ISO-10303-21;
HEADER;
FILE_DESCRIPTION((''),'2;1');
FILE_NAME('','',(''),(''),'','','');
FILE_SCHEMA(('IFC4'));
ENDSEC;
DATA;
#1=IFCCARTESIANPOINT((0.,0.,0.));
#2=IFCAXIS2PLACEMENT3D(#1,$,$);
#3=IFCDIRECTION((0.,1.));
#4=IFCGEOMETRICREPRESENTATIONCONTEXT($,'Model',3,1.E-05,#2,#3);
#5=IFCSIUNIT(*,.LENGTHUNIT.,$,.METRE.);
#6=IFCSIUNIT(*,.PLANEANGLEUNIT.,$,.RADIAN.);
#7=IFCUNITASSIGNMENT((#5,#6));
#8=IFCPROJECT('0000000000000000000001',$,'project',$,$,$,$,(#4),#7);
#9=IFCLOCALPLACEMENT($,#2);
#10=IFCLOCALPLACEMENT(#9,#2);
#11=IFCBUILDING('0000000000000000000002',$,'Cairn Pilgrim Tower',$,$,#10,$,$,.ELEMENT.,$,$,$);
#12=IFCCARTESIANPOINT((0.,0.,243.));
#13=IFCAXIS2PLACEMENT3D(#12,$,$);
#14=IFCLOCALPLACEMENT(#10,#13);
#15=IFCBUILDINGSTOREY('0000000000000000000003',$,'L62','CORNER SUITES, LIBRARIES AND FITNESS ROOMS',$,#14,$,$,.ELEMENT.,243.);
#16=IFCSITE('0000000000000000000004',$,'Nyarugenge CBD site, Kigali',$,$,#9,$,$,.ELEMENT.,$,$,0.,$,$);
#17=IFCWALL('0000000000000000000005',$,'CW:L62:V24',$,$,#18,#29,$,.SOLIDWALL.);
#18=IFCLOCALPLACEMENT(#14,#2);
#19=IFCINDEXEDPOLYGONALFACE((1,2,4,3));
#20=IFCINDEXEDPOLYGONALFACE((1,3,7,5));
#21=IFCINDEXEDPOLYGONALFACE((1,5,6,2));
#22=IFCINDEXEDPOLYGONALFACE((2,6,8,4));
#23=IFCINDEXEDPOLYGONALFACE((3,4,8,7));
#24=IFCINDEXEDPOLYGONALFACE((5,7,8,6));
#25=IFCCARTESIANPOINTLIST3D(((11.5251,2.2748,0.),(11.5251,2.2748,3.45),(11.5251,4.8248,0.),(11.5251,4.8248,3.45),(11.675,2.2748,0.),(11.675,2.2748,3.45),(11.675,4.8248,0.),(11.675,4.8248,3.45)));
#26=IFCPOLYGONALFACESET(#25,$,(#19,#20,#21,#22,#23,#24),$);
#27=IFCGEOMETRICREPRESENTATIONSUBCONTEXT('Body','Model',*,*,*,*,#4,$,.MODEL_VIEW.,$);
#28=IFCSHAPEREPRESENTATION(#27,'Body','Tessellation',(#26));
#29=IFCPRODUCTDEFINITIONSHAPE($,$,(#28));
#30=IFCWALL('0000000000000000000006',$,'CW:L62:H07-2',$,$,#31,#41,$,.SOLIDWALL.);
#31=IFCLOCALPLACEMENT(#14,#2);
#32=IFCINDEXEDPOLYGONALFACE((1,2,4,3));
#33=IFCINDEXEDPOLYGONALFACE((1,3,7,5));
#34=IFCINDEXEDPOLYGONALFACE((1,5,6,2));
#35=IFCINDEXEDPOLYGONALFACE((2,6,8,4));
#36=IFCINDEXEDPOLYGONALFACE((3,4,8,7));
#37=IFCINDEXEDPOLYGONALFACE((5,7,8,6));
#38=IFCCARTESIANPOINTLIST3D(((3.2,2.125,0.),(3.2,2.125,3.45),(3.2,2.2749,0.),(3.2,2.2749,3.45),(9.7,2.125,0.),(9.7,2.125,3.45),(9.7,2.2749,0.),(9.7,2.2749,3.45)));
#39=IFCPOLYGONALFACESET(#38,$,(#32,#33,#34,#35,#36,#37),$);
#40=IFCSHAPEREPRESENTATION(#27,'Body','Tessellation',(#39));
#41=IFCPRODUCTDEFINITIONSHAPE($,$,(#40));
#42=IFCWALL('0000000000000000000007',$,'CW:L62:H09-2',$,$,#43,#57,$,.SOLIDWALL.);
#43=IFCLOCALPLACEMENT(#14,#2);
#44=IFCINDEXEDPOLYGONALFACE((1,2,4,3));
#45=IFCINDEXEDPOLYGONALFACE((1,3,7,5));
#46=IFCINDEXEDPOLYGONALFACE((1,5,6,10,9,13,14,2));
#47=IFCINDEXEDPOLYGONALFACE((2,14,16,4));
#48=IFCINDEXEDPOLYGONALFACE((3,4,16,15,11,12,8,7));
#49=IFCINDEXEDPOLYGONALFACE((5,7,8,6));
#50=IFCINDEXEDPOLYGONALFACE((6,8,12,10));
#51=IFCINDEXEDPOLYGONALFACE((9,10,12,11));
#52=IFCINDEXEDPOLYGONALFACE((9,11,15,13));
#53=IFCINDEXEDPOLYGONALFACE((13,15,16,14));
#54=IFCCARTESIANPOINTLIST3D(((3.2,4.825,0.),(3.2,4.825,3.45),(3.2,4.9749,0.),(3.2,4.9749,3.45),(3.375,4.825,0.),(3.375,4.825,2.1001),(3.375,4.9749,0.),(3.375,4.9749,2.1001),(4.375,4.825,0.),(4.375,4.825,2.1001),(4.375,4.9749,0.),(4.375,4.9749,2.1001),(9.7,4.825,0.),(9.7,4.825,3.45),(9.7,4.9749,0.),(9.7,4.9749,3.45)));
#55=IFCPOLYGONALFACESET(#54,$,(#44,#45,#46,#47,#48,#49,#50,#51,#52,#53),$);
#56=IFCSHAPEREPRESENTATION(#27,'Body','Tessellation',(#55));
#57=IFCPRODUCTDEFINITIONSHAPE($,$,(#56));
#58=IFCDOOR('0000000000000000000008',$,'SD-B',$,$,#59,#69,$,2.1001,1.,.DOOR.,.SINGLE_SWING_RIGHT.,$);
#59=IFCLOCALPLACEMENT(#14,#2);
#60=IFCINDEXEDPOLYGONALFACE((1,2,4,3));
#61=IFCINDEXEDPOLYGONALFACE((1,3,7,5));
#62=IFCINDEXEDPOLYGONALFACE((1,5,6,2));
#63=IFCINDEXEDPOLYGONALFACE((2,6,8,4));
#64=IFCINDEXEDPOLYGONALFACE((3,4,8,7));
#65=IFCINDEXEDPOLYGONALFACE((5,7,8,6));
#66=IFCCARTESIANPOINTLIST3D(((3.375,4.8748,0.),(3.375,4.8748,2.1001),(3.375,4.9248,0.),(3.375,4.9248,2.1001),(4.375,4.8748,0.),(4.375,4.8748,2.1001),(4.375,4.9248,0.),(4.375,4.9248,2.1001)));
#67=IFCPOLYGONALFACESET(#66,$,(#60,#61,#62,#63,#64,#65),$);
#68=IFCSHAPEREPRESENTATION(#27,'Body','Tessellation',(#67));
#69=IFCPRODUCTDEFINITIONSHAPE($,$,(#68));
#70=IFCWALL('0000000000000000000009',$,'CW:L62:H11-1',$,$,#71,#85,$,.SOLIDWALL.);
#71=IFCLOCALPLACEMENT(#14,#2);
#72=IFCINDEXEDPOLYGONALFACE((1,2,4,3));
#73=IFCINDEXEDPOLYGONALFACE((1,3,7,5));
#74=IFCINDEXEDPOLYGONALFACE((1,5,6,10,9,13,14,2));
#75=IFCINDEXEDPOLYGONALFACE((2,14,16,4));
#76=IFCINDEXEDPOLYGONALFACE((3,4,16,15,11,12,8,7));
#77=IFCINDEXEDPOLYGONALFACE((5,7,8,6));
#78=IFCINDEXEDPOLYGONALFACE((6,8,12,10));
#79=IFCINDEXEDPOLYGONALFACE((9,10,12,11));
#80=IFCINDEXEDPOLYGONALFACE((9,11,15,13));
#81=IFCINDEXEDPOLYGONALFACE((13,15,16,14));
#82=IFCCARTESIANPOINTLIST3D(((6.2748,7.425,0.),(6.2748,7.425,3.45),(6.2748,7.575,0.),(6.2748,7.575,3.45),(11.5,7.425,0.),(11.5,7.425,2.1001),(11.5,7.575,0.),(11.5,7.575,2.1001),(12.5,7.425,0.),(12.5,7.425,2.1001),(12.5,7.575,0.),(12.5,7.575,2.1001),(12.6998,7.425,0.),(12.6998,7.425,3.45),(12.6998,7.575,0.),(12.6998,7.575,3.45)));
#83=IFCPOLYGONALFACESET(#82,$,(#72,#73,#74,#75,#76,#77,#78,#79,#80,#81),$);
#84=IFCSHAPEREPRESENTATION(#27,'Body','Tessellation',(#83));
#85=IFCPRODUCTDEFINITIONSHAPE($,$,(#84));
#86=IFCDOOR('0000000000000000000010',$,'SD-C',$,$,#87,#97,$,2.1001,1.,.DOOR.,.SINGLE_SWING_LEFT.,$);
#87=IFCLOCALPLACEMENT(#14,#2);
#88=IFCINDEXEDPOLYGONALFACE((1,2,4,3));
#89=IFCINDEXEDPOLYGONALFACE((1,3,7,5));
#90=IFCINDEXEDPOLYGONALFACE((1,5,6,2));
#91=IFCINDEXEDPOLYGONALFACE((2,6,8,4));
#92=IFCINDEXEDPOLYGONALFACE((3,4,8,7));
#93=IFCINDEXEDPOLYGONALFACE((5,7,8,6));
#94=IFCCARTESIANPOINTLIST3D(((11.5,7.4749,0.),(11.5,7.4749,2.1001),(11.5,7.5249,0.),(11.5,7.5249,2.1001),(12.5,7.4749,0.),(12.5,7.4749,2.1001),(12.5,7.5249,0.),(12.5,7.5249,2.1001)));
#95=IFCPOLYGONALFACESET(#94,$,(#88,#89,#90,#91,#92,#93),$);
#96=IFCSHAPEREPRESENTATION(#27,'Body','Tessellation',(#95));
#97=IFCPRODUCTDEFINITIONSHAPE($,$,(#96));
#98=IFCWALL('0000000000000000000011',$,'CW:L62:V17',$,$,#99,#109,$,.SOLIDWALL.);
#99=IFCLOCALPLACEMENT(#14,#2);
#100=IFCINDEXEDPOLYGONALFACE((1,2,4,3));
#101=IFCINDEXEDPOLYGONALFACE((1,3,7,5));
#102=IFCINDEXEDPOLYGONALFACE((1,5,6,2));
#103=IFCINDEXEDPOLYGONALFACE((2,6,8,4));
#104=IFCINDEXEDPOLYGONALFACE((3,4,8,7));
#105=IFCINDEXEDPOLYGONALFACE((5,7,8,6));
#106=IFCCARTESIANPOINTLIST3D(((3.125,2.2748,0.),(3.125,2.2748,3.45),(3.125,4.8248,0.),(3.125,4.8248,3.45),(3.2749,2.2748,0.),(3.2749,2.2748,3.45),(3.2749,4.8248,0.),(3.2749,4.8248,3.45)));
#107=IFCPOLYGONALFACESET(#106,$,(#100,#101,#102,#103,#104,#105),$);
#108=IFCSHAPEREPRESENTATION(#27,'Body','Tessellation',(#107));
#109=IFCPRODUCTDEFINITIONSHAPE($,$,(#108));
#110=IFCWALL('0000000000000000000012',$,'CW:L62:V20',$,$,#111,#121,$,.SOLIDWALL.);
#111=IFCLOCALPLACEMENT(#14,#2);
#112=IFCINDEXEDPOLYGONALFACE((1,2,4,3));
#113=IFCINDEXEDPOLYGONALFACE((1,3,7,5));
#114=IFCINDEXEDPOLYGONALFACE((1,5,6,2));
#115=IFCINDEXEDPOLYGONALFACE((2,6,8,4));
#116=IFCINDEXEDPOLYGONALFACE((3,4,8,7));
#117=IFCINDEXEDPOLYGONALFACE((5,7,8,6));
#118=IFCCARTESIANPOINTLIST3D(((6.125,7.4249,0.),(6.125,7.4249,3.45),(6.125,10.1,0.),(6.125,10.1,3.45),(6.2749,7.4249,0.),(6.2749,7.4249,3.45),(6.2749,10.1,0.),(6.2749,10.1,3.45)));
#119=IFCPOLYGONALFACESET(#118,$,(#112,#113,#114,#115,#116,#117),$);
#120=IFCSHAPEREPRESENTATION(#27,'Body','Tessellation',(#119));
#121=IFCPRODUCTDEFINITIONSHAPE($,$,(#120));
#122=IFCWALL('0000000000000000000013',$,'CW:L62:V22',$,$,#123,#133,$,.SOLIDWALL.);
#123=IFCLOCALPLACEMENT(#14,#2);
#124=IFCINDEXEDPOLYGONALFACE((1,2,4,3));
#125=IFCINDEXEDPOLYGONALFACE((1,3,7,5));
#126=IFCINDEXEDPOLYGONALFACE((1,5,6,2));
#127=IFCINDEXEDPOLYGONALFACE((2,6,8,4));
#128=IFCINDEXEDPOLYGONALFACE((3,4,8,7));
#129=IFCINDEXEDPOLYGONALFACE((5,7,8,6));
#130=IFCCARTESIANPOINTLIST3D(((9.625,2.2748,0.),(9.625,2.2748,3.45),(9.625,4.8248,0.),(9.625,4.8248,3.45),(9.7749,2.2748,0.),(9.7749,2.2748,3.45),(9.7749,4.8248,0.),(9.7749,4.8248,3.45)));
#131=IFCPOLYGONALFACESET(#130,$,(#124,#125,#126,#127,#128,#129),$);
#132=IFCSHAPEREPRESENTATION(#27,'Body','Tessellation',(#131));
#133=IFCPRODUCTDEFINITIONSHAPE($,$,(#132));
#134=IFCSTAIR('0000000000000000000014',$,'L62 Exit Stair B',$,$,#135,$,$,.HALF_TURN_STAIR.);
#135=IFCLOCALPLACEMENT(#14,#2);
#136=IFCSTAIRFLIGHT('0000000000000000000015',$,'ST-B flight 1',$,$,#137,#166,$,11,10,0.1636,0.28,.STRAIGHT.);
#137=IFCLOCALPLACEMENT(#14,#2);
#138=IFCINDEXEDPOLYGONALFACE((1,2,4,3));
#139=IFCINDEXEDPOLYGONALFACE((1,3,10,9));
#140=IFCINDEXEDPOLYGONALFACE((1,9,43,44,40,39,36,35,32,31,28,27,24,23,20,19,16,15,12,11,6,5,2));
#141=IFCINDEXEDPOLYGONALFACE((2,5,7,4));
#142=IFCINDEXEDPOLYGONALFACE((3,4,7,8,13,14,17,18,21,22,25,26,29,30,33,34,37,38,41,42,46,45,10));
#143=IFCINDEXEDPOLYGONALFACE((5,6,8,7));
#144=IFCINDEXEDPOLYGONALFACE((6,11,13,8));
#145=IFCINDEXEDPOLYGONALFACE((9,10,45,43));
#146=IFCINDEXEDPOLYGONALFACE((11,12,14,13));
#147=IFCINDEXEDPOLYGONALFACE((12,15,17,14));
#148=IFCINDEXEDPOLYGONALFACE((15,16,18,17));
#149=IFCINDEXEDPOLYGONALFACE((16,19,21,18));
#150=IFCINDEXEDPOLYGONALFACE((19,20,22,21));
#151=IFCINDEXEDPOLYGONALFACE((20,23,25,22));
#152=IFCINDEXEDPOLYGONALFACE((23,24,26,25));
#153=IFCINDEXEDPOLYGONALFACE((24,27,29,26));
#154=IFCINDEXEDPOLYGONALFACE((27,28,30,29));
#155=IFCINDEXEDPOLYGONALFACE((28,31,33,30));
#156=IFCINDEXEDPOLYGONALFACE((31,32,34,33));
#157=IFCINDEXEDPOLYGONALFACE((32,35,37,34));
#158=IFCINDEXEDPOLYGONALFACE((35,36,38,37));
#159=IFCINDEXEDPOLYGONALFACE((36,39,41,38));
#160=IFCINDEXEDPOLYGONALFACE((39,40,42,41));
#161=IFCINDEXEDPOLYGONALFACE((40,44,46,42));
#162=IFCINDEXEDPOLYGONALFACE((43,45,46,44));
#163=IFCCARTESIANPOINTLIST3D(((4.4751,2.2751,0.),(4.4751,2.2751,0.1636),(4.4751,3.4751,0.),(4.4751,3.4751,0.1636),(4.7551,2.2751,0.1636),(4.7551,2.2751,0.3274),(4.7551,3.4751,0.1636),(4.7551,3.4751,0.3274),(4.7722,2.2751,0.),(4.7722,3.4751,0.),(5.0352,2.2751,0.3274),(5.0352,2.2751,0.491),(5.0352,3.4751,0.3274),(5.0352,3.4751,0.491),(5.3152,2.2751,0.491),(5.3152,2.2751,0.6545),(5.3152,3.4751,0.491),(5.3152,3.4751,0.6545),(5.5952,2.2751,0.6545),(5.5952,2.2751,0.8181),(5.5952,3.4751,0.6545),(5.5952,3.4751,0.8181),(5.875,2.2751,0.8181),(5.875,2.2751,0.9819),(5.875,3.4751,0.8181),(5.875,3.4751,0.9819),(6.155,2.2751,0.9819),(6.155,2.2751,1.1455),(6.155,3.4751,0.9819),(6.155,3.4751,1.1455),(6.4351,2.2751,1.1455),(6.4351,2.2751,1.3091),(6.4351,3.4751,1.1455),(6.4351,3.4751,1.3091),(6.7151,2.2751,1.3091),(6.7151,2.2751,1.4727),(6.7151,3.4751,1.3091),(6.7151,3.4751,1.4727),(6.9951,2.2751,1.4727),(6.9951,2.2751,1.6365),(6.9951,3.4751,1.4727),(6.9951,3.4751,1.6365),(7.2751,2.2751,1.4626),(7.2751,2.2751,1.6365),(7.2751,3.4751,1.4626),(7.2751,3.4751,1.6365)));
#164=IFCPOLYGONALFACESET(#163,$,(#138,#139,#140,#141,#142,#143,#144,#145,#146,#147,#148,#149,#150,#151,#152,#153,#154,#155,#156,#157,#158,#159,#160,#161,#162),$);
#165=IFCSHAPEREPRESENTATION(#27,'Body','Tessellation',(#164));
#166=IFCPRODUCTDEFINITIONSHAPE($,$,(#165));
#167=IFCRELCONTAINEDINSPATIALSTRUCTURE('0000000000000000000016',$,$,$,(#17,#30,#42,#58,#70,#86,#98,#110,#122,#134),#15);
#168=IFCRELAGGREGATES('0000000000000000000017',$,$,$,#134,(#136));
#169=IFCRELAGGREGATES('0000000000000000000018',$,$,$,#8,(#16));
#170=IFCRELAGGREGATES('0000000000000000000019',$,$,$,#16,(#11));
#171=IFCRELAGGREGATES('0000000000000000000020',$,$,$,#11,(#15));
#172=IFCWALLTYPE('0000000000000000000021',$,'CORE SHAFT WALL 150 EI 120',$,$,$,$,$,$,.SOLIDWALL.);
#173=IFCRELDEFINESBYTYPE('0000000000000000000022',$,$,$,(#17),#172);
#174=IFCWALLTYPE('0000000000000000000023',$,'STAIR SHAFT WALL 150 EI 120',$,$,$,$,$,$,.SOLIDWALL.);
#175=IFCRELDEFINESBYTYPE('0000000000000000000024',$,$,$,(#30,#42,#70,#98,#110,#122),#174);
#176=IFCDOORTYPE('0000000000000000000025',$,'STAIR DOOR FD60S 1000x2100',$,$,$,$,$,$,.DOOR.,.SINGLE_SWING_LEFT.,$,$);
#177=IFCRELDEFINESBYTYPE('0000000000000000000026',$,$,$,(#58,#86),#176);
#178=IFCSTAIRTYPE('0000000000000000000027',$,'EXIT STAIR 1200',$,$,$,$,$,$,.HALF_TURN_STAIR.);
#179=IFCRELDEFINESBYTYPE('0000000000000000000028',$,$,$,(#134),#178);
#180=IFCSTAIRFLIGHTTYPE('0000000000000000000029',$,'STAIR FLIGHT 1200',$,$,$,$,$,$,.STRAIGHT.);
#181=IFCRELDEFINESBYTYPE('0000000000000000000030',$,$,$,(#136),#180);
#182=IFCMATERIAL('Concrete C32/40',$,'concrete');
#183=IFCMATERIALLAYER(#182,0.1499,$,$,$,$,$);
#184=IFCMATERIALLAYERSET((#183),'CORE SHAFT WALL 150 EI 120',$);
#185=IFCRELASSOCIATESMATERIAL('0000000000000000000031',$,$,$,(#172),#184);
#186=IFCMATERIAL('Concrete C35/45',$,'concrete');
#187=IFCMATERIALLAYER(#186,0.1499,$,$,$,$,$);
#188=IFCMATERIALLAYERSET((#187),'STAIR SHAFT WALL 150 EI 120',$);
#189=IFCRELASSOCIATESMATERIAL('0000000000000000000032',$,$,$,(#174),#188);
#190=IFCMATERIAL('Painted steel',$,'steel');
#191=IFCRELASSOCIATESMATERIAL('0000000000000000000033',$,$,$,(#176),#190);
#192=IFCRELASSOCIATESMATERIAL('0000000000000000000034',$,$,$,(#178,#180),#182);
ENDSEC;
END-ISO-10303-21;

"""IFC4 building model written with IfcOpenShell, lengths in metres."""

from ifc_helpers import new_model, si_unit, direction, frame, frame_2d, origin, place, context, subcontext, project, spatial, polyline, rectangle, outline, extrude, material, layer, layer_set, type_object, element, fill, aggregate, save


model = new_model("IFC4")

# Units and contexts
model_context = context("Model", 3, precision=1e-05, world=origin(), true_north=direction((0.0, 1.0)))
body_context = subcontext(model_context, "Body", "Model", "MODEL_VIEW")
ifc_project = project(units=[si_unit("LENGTHUNIT", "METRE"), si_unit("PLANEANGLEUNIT", "RADIAN")], contexts=[model_context])

# Site, building, storey
site_placement = place(None, origin())
site = spatial("IfcSite", under=ifc_project, at=site_placement, Name="Nyarugenge CBD site, Kigali", CompositionType="ELEMENT", RefElevation=0.0)
building_placement = place(site_placement, origin())
building = spatial("IfcBuilding", under=site, at=building_placement, Name="Cairn Pilgrim Tower", CompositionType="ELEMENT")
storey_placement = place(building_placement, frame((0.0, 0.0, 243.0)))
storey = spatial("IfcBuildingStorey", under=building, at=storey_placement, Name="L62", Description="CORNER SUITES, LIBRARIES AND FITNESS ROOMS", CompositionType="ELEMENT", Elevation=243.0)

# Shared definitions
ifc_material_1 = material(Name="Concrete C32/40", Category="concrete")
ifc_layer_1 = layer(ifc_material_1, 0.1499)
ifc_layer_set_1 = layer_set([ifc_layer_1], Name="CORE SHAFT WALL 150 EI 120")
wall_type_1 = type_object("IfcWallType", Name="CORE SHAFT WALL 150 EI 120", PredefinedType="SOLIDWALL", material=ifc_layer_set_1)

# Shared definitions
ifc_material_2 = material(Name="Painted steel", Category="steel")

# Walls
wall_1_placement = place(storey_placement, frame((11.6001, 2.2749, 0.0), z_axis=(0.0, 0.0, 1.0), x_axis=(0.0, 1.0, 0.0)))
element("IfcWall", 1, at=wall_1_placement, inside=storey, type_object=wall_type_1, Name="CW:L62:V24", PredefinedType="SOLIDWALL", context=body_context, shape_type="SweptSolid", body=[
    extrude(rectangle(XDim=2.55, YDim=0.1499, at=frame_2d((1.2749, 0.0))), origin(), (0.0, 0.0, 1.0), 3.45),
])
ifc_material_3 = material(Name="Concrete C35/45", Category="concrete")
ifc_layer_2 = layer(ifc_material_3, 0.1499)
ifc_layer_set_2 = layer_set([ifc_layer_2], Name="STAIR SHAFT WALL 150 EI 120")
wall_type_2 = type_object("IfcWallType", Name="STAIR SHAFT WALL 150 EI 120", PredefinedType="SOLIDWALL", material=ifc_layer_set_2)
wall_2_placement = place(storey_placement, frame((3.2, 2.2, 0.0), z_axis=(0.0, 0.0, 1.0), x_axis=(1.0, 0.0, 0.0)))
element("IfcWall", 2, at=wall_2_placement, inside=storey, type_object=wall_type_2, Name="CW:L62:H07-2", PredefinedType="SOLIDWALL", context=body_context, shape_type="SweptSolid", body=[
    extrude(rectangle(XDim=6.5, YDim=0.1499, at=frame_2d((3.25, 0.0))), origin(), (0.0, 0.0, 1.0), 3.45),
])

# Walls, openings, doors
wall_3_placement = place(storey_placement, frame((3.2, 4.8999, 0.0), z_axis=(0.0, 0.0, 1.0), x_axis=(1.0, 0.0, 0.0)))
wall_3 = element("IfcWall", 3, at=wall_3_placement, inside=storey, type_object=wall_type_2, Name="CW:L62:H09-2", PredefinedType="SOLIDWALL", context=body_context, shape_type="SweptSolid", body=[
    extrude(rectangle(XDim=6.5, YDim=0.1499, at=frame_2d((3.25, 0.0))), origin(), (0.0, 0.0, 1.0), 3.45),
])
opening_1_placement = place(wall_3_placement, frame((0.175, 0.0, 0.0)))
opening_1 = element("IfcOpeningElement", 4, at=opening_1_placement, cuts=wall_3, PredefinedType="OPENING", context=body_context, shape_type="SweptSolid", body=[
    extrude(rectangle(XDim=1.0, YDim=2.1001, at=frame_2d((0.5, 1.05))), frame((0.0, 0.085, 0.0), z_axis=(0.0, -1.0, 0.0), x_axis=(1.0, 0.0, 0.0)), (0.0, 0.0, 1.0), 0.1699),
])
door_type_1 = type_object("IfcDoorType", Name="STAIR DOOR FD60S 1000x2100", OperationType="SINGLE_SWING_LEFT", PredefinedType="DOOR", material=ifc_material_2)
door_1_placement = place(opening_1_placement, origin())
door_1 = element("IfcDoor", 5, at=door_1_placement, inside=storey, type_object=door_type_1, Name="SD-B", OperationType="SINGLE_SWING_RIGHT", OverallHeight=2.1001, OverallWidth=1.0, PredefinedType="DOOR", context=body_context, shape_type="SweptSolid", body=[
    extrude(rectangle(XDim=1.0, YDim=2.1001, at=frame_2d((0.5, 1.05))), frame((0.0, 0.0249, 0.0), z_axis=(0.0, -1.0, 0.0), x_axis=(1.0, 0.0, 0.0)), (0.0, 0.0, 1.0), 0.05),
])
fill(opening_1, door_1)
wall_4_placement = place(storey_placement, frame((6.2749, 7.5, 0.0), z_axis=(0.0, 0.0, 1.0), x_axis=(1.0, 0.0, 0.0)))
wall_4 = element("IfcWall", 6, at=wall_4_placement, inside=storey, type_object=wall_type_2, Name="CW:L62:H11-1", PredefinedType="SOLIDWALL", context=body_context, shape_type="SweptSolid", body=[
    extrude(rectangle(XDim=6.425, YDim=0.1499, at=frame_2d((3.2124, 0.0))), origin(), (0.0, 0.0, 1.0), 3.45),
])
opening_2_placement = place(wall_4_placement, frame((5.2251, 0.0, 0.0)))
opening_2 = element("IfcOpeningElement", 7, at=opening_2_placement, cuts=wall_4, PredefinedType="OPENING", context=body_context, shape_type="SweptSolid", body=[
    extrude(rectangle(XDim=1.0, YDim=2.1001, at=frame_2d((0.5, 1.05))), frame((0.0, 0.085, 0.0), z_axis=(0.0, -1.0, 0.0), x_axis=(1.0, 0.0, 0.0)), (0.0, 0.0, 1.0), 0.1699),
])
door_2_placement = place(opening_2_placement, origin())
door_2 = element("IfcDoor", 8, at=door_2_placement, inside=storey, type_object=door_type_1, Name="SD-C", OperationType="SINGLE_SWING_LEFT", OverallHeight=2.1001, OverallWidth=1.0, PredefinedType="DOOR", context=body_context, shape_type="SweptSolid", body=[
    extrude(rectangle(XDim=1.0, YDim=2.1001, at=frame_2d((0.5, 1.05))), frame((0.0, 0.0249, 0.0), z_axis=(0.0, -1.0, 0.0), x_axis=(1.0, 0.0, 0.0)), (0.0, 0.0, 1.0), 0.05),
])
fill(opening_2, door_2)

# Walls
wall_5_placement = place(storey_placement, frame((3.2, 2.2749, 0.0), z_axis=(0.0, 0.0, 1.0), x_axis=(0.0, 1.0, 0.0)))
element("IfcWall", 9, at=wall_5_placement, inside=storey, type_object=wall_type_2, Name="CW:L62:V17", PredefinedType="SOLIDWALL", context=body_context, shape_type="SweptSolid", body=[
    extrude(rectangle(XDim=2.55, YDim=0.1499, at=frame_2d((1.2749, 0.0))), origin(), (0.0, 0.0, 1.0), 3.45),
])
wall_6_placement = place(storey_placement, frame((6.2, 7.425, 0.0), z_axis=(0.0, 0.0, 1.0), x_axis=(0.0, 1.0, 0.0)))
element("IfcWall", 10, at=wall_6_placement, inside=storey, type_object=wall_type_2, Name="CW:L62:V20", PredefinedType="SOLIDWALL", context=body_context, shape_type="SweptSolid", body=[
    extrude(rectangle(XDim=2.675, YDim=0.1499, at=frame_2d((1.3374, 0.0))), origin(), (0.0, 0.0, 1.0), 3.45),
])
wall_7_placement = place(storey_placement, frame((9.7, 2.2749, 0.0), z_axis=(0.0, 0.0, 1.0), x_axis=(0.0, 1.0, 0.0)))
element("IfcWall", 11, at=wall_7_placement, inside=storey, type_object=wall_type_2, Name="CW:L62:V22", PredefinedType="SOLIDWALL", context=body_context, shape_type="SweptSolid", body=[
    extrude(rectangle(XDim=2.55, YDim=0.1499, at=frame_2d((1.2749, 0.0))), origin(), (0.0, 0.0, 1.0), 3.45),
])

# Stair, stair flight
stair_type = type_object("IfcStairType", Name="EXIT STAIR 1200", PredefinedType="HALF_TURN_STAIR", material=ifc_material_1)
stair_1_placement = place(storey_placement, origin())
stair_1 = element("IfcStair", 12, at=stair_1_placement, inside=storey, type_object=stair_type, Name="L62 Exit Stair B", PredefinedType="HALF_TURN_STAIR")
stair_flight_type = type_object("IfcStairFlightType", Name="STAIR FLIGHT 1200", PredefinedType="STRAIGHT", material=ifc_material_1)
stair_flight_1_placement = place(storey_placement, frame((4.4751, 2.875, 0.0), z_axis=(0.0, 0.0, 1.0), x_axis=(1.0, 0.0, 0.0)))
stair_flight_1 = element("IfcStairFlight", 13, at=stair_flight_1_placement, type_object=stair_flight_type, Name="ST-B flight 1", NumberOfRisers=11, NumberOfTreads=10, PredefinedType="STRAIGHT", RiserHeight=0.1636, TreadLength=0.28, context=body_context, shape_type="SweptSolid", body=[
    extrude(outline(polyline([(0.0, 0.0), (0.0, 0.1636), (0.28, 0.1636), (0.28, 0.3274), (0.5601, 0.3274), (0.5601, 0.491), (0.8401, 0.491), (0.8401, 0.6545), (1.1201, 0.6545), (1.1201, 0.8181), (1.3999, 0.8181), (1.3999, 0.9819), (1.6799, 0.9819), (1.6799, 1.1455), (1.96, 1.1455), (1.96, 1.3091), (2.24, 1.3091), (2.24, 1.4727), (2.52, 1.4727), (2.52, 1.6365), (2.8, 1.6365), (2.8, 1.8), (2.8, 1.4626), (0.2971, 0.0), (0.0, 0.0)])), frame((0.0, 0.6001, 0.0), z_axis=(0.0, -1.0, 0.0), x_axis=(1.0, 0.0, 0.0)), (0.0, 0.0, 1.0), 1.2),
])
aggregate(stair_1, [stair_flight_1])

save(model, "model.ifc")
